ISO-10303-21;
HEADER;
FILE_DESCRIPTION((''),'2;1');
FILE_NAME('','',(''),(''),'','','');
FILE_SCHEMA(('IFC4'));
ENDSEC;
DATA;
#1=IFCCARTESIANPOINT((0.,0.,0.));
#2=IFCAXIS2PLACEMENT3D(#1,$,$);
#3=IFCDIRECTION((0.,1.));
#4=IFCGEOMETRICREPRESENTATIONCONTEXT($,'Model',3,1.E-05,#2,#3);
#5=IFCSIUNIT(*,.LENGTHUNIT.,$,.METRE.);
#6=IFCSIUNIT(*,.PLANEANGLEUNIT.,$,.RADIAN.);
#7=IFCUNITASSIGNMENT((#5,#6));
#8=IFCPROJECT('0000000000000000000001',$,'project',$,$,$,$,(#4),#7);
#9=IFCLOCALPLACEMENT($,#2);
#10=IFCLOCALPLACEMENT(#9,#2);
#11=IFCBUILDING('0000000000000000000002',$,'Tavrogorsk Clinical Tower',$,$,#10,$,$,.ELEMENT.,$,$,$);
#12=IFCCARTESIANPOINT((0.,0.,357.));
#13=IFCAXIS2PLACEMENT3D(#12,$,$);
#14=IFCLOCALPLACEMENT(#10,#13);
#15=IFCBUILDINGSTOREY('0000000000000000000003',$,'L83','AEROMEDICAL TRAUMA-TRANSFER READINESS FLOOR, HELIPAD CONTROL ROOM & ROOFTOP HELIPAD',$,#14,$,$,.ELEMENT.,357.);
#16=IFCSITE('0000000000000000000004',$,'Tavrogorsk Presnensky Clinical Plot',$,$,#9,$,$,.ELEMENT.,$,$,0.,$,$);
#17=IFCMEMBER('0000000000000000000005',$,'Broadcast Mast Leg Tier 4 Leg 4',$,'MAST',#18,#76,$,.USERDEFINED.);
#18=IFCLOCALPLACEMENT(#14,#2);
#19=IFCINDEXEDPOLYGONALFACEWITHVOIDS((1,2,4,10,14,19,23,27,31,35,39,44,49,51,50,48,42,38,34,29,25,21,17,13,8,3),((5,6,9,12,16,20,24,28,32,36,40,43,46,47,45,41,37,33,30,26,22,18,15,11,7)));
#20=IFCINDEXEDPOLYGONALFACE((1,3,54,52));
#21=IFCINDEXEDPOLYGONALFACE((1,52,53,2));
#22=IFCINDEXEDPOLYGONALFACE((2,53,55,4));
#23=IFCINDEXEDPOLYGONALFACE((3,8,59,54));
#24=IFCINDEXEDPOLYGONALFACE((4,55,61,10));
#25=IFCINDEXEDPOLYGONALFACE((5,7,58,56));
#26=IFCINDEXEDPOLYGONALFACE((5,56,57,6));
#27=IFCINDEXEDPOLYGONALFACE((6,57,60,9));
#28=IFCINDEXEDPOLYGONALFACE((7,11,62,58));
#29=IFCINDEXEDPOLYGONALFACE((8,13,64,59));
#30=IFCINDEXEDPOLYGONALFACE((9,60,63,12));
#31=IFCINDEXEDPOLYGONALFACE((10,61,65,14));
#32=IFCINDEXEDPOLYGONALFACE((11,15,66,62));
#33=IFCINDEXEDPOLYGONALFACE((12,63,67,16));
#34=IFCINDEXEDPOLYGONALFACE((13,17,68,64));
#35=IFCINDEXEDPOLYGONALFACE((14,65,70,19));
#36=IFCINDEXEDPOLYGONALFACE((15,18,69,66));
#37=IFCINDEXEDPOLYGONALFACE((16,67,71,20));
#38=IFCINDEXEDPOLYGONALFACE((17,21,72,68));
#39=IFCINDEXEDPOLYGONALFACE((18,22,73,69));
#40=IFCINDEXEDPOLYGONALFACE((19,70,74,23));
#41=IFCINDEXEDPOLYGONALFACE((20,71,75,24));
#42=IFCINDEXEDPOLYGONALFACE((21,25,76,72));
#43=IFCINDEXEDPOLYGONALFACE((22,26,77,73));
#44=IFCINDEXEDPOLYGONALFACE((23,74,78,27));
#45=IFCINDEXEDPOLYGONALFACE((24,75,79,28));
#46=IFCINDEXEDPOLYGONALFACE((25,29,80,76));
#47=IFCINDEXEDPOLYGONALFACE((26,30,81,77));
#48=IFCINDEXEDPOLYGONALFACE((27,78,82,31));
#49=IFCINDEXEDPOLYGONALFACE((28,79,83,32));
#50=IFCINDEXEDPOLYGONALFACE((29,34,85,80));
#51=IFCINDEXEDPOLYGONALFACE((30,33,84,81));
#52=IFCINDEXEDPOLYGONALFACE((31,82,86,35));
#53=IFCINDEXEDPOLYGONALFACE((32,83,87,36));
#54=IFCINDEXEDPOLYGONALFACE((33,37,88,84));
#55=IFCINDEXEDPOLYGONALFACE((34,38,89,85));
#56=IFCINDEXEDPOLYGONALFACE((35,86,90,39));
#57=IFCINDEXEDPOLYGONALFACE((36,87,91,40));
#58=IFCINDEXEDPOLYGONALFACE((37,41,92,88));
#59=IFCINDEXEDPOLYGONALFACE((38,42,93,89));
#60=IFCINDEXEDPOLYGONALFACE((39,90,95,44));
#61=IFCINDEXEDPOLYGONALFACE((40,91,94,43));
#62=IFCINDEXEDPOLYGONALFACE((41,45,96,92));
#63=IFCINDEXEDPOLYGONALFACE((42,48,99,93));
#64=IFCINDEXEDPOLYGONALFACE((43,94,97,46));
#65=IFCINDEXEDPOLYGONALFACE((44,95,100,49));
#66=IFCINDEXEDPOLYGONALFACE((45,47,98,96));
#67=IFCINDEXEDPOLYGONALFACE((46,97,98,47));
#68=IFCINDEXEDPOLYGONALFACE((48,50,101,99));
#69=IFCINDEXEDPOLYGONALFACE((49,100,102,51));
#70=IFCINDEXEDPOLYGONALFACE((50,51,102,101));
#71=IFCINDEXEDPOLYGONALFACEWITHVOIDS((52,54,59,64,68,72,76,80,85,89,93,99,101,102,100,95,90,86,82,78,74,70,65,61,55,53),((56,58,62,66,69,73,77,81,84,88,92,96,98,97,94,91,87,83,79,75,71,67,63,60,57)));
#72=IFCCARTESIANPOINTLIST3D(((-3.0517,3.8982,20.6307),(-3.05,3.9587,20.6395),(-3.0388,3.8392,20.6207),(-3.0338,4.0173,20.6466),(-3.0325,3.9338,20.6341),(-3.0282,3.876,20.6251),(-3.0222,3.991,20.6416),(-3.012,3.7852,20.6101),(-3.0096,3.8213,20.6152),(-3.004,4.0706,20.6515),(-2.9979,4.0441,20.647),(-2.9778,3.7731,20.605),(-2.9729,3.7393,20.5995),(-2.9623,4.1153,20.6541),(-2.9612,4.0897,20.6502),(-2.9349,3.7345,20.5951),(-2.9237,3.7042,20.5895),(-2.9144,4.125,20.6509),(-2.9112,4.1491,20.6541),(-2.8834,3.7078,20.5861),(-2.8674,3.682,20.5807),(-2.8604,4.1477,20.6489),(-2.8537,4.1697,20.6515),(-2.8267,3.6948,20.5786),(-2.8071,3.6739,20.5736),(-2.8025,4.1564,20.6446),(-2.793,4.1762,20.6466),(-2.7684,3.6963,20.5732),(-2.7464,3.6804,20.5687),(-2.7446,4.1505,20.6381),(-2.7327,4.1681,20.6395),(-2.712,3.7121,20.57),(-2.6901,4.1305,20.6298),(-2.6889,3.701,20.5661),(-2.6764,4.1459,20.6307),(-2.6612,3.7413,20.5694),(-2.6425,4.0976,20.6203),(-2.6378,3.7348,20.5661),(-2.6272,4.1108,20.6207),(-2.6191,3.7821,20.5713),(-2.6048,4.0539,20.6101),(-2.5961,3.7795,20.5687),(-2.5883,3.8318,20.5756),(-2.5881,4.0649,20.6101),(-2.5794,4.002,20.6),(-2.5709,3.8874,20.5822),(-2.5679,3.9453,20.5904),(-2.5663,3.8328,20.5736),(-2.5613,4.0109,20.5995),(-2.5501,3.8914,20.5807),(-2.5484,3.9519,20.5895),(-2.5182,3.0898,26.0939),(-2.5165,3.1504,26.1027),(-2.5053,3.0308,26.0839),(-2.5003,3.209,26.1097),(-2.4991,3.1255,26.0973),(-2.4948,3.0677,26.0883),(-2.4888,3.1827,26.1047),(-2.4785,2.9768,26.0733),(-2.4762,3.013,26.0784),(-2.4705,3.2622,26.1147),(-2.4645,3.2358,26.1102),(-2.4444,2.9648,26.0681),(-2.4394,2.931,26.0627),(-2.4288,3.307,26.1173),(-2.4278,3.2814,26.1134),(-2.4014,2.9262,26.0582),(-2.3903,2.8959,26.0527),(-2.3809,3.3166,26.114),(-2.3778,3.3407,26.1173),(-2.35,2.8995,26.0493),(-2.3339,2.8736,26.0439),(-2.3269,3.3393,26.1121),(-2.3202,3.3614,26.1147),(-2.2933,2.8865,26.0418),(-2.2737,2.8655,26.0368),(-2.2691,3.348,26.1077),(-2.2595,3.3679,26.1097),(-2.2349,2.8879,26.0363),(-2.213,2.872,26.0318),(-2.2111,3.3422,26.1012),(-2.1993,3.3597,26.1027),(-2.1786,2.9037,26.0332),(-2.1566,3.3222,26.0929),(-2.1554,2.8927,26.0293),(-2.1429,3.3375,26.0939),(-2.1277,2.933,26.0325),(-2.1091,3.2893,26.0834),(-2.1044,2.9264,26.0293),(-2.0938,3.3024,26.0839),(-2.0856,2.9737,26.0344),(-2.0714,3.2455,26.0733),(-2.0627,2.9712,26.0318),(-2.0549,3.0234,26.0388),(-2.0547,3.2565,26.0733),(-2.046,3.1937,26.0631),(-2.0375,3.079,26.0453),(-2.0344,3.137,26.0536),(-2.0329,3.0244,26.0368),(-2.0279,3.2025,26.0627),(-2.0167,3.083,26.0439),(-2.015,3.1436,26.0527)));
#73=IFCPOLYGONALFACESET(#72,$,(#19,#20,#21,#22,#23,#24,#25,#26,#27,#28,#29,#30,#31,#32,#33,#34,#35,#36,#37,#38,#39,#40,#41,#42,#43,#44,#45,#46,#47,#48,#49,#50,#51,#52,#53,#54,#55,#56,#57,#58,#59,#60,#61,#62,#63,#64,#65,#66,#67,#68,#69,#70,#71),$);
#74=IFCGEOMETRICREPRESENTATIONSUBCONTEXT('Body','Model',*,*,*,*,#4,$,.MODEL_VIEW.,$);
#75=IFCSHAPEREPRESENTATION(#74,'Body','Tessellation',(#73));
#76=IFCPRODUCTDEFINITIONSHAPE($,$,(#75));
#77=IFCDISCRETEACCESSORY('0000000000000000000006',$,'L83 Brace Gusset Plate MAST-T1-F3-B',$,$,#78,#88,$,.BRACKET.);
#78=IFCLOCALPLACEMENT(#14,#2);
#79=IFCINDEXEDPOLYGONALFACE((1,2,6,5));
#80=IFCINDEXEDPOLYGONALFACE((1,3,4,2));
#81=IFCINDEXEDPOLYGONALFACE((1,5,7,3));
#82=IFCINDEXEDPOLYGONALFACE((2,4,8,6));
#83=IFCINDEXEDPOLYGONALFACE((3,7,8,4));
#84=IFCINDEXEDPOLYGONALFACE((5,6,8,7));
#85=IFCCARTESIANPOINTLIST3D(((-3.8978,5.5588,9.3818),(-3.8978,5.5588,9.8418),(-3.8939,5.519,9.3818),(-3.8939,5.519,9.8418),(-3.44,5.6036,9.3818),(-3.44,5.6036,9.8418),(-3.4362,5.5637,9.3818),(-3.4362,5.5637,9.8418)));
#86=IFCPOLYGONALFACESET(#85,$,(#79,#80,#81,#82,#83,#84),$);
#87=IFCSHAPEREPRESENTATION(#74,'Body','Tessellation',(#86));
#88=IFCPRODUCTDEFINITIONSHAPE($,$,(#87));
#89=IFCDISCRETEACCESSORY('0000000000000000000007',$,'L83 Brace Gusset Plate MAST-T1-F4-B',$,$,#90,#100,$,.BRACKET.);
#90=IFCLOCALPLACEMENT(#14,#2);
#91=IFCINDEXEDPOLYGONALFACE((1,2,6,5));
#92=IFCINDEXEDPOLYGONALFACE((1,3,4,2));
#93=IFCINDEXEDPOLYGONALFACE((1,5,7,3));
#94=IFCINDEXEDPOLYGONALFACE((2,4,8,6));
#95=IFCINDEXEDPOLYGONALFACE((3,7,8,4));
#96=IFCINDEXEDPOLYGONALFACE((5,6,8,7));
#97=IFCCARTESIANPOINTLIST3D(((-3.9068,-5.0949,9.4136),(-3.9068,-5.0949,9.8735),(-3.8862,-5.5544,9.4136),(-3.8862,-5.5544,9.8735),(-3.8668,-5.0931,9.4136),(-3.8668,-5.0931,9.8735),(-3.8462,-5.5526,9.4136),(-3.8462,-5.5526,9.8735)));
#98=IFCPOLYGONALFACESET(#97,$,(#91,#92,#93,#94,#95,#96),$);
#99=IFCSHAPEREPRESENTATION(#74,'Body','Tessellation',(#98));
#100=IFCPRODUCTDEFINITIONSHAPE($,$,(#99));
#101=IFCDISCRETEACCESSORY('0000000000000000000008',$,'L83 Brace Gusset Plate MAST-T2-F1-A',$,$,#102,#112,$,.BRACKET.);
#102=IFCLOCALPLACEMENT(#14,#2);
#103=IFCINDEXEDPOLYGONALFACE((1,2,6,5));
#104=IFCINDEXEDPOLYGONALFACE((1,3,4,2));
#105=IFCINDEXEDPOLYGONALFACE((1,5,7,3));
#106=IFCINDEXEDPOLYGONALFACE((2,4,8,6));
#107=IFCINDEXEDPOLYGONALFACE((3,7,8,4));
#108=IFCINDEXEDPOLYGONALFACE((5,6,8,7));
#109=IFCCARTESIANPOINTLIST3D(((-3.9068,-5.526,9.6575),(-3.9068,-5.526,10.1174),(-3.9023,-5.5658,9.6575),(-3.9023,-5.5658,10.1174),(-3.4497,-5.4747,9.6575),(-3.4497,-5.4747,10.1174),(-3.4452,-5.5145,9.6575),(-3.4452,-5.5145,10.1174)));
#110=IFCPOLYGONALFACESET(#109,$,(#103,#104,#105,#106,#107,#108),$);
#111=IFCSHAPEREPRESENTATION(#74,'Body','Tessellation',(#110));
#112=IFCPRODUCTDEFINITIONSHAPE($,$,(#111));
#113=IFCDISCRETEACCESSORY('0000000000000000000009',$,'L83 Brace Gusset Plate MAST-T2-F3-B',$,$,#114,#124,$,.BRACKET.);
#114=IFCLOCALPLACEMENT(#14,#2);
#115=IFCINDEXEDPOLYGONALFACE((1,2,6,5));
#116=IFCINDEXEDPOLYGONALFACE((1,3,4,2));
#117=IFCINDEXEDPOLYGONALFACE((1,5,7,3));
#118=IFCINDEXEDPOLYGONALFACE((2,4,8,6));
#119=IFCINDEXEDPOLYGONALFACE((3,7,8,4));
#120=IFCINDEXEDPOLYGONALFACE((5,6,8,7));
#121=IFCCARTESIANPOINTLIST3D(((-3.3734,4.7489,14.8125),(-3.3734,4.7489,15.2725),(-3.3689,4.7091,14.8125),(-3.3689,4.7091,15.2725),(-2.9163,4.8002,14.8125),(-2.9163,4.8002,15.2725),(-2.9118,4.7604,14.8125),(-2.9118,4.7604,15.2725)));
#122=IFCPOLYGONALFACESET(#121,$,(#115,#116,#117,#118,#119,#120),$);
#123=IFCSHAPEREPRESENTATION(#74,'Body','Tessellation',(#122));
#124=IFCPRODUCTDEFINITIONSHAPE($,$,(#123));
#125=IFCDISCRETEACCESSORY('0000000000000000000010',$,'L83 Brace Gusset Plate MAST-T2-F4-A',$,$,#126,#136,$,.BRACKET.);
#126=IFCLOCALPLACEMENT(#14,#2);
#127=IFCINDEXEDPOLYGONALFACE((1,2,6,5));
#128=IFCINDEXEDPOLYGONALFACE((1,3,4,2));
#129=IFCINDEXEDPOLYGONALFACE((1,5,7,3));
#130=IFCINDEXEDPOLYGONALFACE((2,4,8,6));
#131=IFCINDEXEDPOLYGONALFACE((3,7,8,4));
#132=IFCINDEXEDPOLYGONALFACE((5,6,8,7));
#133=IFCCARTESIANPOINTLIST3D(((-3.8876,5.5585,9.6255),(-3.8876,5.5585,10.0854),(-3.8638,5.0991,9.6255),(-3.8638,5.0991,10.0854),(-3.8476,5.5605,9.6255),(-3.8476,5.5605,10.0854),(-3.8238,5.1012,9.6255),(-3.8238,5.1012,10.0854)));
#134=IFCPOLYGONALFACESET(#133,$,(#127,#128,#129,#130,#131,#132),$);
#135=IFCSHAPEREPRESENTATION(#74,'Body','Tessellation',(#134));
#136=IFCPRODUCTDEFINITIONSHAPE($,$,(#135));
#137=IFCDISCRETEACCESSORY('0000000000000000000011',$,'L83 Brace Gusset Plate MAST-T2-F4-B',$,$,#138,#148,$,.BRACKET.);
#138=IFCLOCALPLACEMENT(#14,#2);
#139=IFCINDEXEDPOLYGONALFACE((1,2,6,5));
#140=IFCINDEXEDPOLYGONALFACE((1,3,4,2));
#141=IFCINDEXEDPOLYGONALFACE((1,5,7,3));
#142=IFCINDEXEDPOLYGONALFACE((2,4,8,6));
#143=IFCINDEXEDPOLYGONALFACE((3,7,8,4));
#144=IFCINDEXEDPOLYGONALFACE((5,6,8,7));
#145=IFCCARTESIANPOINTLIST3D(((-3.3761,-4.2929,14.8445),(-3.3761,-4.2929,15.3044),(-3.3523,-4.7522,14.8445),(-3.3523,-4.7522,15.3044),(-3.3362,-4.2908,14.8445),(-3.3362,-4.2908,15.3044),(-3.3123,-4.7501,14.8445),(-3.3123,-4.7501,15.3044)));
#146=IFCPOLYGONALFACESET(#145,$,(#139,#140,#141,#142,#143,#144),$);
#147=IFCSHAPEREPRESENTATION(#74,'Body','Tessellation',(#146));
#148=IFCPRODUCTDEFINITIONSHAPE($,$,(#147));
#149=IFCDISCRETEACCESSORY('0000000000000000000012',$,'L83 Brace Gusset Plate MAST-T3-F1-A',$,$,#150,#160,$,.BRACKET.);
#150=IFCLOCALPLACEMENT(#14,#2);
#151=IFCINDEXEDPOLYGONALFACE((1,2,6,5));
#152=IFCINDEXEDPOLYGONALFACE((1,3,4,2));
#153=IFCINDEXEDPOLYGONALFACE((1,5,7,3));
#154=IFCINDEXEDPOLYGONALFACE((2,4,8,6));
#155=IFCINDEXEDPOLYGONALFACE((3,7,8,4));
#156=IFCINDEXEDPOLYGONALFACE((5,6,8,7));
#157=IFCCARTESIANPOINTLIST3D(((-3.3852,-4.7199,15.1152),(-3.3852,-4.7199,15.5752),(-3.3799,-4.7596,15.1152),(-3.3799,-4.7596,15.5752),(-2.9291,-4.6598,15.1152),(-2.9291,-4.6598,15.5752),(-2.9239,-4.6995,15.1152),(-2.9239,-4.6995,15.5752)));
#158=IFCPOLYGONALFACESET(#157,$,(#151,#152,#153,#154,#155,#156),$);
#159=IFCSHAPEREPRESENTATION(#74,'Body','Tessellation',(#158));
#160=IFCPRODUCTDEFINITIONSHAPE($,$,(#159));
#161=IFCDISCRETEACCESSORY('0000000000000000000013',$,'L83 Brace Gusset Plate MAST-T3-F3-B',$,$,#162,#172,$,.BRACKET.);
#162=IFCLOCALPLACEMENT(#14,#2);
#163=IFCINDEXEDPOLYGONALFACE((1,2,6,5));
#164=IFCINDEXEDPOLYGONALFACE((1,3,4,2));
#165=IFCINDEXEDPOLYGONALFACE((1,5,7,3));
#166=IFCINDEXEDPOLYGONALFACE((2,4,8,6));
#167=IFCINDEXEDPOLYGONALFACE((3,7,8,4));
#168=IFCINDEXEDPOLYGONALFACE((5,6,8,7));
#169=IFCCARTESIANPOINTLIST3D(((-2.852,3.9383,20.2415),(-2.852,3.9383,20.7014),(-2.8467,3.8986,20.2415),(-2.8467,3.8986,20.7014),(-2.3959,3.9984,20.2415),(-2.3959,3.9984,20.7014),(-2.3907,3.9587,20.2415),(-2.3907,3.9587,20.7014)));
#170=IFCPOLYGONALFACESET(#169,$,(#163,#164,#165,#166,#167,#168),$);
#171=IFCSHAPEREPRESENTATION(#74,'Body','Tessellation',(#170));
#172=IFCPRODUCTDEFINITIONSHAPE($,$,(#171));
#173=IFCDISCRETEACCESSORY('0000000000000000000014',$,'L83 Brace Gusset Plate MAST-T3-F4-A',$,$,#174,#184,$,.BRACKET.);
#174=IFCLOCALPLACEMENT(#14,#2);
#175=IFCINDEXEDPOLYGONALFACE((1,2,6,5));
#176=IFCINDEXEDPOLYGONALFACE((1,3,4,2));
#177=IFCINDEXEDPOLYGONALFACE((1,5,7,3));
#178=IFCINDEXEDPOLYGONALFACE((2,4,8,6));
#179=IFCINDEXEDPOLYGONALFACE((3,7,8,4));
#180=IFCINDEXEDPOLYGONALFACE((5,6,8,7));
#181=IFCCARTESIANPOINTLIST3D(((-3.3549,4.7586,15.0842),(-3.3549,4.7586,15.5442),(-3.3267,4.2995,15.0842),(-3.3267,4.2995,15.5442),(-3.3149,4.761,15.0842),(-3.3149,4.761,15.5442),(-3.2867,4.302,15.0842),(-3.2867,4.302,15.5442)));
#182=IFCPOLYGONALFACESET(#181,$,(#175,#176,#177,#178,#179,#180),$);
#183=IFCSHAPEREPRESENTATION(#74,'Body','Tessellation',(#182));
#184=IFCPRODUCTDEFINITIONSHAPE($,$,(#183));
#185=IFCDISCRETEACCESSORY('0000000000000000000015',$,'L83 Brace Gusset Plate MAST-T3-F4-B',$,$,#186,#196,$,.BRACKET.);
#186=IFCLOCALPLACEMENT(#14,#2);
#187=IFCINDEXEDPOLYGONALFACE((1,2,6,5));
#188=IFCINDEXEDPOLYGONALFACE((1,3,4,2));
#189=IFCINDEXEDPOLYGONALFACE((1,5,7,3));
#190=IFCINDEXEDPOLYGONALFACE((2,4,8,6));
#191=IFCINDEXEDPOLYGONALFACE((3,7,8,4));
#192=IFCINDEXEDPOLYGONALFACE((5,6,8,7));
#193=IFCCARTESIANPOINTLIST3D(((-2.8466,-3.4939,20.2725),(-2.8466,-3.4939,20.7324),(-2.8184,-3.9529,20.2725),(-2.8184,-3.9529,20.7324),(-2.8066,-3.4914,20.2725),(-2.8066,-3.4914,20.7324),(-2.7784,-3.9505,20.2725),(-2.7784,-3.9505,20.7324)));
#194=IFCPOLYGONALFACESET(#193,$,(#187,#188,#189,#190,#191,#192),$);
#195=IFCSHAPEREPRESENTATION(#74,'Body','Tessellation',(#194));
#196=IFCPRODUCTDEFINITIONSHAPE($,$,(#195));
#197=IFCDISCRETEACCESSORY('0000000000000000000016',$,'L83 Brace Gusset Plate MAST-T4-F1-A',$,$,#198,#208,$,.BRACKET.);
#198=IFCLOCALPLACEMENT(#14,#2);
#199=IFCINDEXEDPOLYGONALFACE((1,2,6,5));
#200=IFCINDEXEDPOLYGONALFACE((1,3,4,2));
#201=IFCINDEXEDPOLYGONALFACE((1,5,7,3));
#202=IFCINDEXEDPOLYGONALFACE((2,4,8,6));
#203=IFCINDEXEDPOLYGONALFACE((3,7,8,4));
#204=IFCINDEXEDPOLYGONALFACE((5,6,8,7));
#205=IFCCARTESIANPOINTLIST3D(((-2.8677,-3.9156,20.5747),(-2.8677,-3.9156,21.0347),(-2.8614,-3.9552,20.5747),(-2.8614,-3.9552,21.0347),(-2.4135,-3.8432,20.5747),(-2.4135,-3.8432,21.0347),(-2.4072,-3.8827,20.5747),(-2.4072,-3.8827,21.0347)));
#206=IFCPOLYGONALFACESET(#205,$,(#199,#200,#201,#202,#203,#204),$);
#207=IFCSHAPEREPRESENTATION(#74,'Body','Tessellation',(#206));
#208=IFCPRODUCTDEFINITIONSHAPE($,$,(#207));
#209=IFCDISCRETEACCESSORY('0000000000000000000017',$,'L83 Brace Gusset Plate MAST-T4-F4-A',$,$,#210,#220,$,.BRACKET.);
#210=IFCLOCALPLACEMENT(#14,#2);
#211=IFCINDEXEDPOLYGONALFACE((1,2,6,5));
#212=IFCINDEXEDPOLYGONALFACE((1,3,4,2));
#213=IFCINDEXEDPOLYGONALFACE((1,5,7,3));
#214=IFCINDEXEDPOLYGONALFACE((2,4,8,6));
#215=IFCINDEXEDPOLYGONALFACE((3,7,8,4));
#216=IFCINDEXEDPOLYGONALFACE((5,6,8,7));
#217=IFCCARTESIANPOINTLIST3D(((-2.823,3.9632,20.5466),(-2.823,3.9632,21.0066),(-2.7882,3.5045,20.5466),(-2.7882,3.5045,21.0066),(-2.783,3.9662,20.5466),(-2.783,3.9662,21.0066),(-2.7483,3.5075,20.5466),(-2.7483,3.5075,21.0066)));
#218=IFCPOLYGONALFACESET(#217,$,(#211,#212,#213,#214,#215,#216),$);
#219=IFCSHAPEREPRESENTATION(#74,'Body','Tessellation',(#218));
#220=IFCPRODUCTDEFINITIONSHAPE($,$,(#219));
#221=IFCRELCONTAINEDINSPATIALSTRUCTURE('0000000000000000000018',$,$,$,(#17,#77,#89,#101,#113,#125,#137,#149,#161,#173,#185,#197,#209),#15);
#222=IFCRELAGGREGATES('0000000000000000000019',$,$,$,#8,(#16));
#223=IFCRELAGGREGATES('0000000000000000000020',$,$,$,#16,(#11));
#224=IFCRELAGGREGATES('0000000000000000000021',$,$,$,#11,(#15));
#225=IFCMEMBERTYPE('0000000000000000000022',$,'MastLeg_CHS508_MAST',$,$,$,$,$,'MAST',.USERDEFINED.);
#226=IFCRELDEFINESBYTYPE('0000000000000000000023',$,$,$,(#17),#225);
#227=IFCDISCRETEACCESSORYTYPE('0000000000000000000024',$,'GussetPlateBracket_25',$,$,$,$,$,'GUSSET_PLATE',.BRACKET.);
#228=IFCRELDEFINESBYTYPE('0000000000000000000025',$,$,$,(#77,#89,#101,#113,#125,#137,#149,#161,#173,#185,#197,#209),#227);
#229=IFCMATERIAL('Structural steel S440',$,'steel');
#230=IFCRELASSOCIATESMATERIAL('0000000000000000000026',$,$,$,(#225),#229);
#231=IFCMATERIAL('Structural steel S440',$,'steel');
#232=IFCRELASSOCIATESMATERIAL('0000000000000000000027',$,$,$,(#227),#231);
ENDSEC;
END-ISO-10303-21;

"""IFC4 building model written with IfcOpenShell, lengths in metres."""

from ifc_helpers import new_model, si_unit, direction, frame, origin, origin_2d, place, context, subcontext, project, spatial, rectangle, hollow_circle, extrude, material, material_profile, profile_set, type_object, element, save


model = new_model("IFC4")

# Units and contexts
model_context = context("Model", 3, precision=1e-05, world=origin(), true_north=direction((0.0, 1.0)))
body_context = subcontext(model_context, "Body", "Model", "MODEL_VIEW")
ifc_project = project(units=[si_unit("LENGTHUNIT", "METRE"), si_unit("PLANEANGLEUNIT", "RADIAN")], contexts=[model_context])

# Site, building, storey
site_placement = place(None, origin())
site = spatial("IfcSite", under=ifc_project, at=site_placement, Name="Tavrogorsk Presnensky Clinical Plot", CompositionType="ELEMENT", RefElevation=0.0)
building_placement = place(site_placement, origin())
building = spatial("IfcBuilding", under=site, at=building_placement, Name="Tavrogorsk Clinical Tower", CompositionType="ELEMENT")
storey_placement = place(building_placement, frame((0.0, 0.0, 357.0)))
storey = spatial("IfcBuildingStorey", under=building, at=storey_placement, Name="L83", Description="AEROMEDICAL TRAUMA-TRANSFER READINESS FLOOR, HELIPAD CONTROL ROOM & ROOFTOP HELIPAD", CompositionType="ELEMENT", Elevation=357.0)

# Member
ifc_material_1 = material(Name="Structural steel S440", Category="steel")
ifc_material_profile_1 = material_profile(ifc_material_1, hollow_circle(Radius=0.2539, WallThickness=0.02, at=origin_2d()), Name="CHS-508x20")
ifc_profile_set_1 = profile_set([ifc_material_profile_1], Name="Structural steel S440")
member_type_1 = type_object("IfcMemberType", Name="MastLeg_CHS508_MAST", ElementType="MAST", PredefinedType="USERDEFINED", material=ifc_profile_set_1)
for number, where, z_axis, x_axis, name in (
    (1, (-2.8, 3.925, 20.6101), (0.096146, -0.145693, 0.984647), (0.83464, 0.550797, 0.0), "Broadcast Mast Leg Tier 4 Leg 4"),
):
    element("IfcMember", number, at=place(storey_placement, frame(where, z_axis=z_axis, x_axis=x_axis)), inside=storey, type_object=member_type_1, Name=name, ObjectType="MAST", PredefinedType="USERDEFINED", context=body_context, shape_type="SweptSolid", body=[
        extrude(hollow_circle(Radius=0.2539, WallThickness=0.02, at=origin_2d()), origin(), (0.0, 0.0, 1.0), 5.5483),
    ])

# Discrete accessories
ifc_material_2 = material(Name="Structural steel S440", Category="steel")
discrete_accessory_type = type_object("IfcDiscreteAccessoryType", Name="GussetPlateBracket_25", ElementType="GUSSET_PLATE", PredefinedType="BRACKET", material=ifc_material_2)
for number, where, z_axis, x_axis, name in (
    (2, (-3.667, 5.5613, 9.3818), (0.0, 0.0, 1.0), (-0.995261, -0.097235, 0.0), "L83 Brace Gusset Plate MAST-T1-F3-B"),
    (3, (-3.8765, -5.3237, 9.4136), (0.0, 0.0, 1.0), (0.04484, -0.998994, 0.0), "L83 Brace Gusset Plate MAST-T1-F4-B"),
    (4, (-3.676, -5.5203, 9.6575), (0.0, 0.0, 1.0), (0.993748, 0.111642, 0.0), "L83 Brace Gusset Plate MAST-T2-F1-A"),
    (5, (-3.1426, 4.7546, 14.8125), (0.0, 0.0, 1.0), (-0.993748, -0.111642, 0.0), "L83 Brace Gusset Plate MAST-T2-F3-B"),
    (6, (-3.8557, 5.3298, 9.6255), (0.0, 0.0, 1.0), (0.051813, -0.998657, 0.0), "L83 Brace Gusset Plate MAST-T2-F4-A"),
    (7, (-3.3442, -4.5215, 14.8445), (0.0, 0.0, 1.0), (0.051813, -0.998657, 0.0), "L83 Brace Gusset Plate MAST-T2-F4-B"),
    (8, (-3.1545, -4.7097, 15.1152), (0.0, 0.0, 1.0), (0.991422, 0.130699, 0.0), "L83 Brace Gusset Plate MAST-T3-F1-A"),
    (9, (-2.6213, 3.9485, 20.2415), (0.0, 0.0, 1.0), (-0.991422, -0.130699, 0.0), "L83 Brace Gusset Plate MAST-T3-F3-B"),
    (10, (-3.3208, 4.5303, 15.0842), (0.0, 0.0, 1.0), (0.061397, -0.998113, 0.0), "L83 Brace Gusset Plate MAST-T3-F4-A"),
    (11, (-2.8125, -3.7222, 20.2725), (0.0, 0.0, 1.0), (0.061397, -0.998113, 0.0), "L83 Brace Gusset Plate MAST-T3-F4-B"),
    (12, (-2.6375, -3.8992, 20.5747), (0.0, 0.0, 1.0), (0.987524, 0.157469, 0.0), "L83 Brace Gusset Plate MAST-T4-F1-A"),
    (13, (-2.7856, 3.7354, 20.5466), (0.0, 0.0, 1.0), (0.075501, -0.997146, 0.0), "L83 Brace Gusset Plate MAST-T4-F4-A"),
):
    element("IfcDiscreteAccessory", number, at=place(storey_placement, frame(where, z_axis=z_axis, x_axis=x_axis)), inside=storey, type_object=discrete_accessory_type, Name=name, PredefinedType="BRACKET", context=body_context, shape_type="SweptSolid", body=[
        extrude(rectangle(XDim=0.46, YDim=0.04, at=origin_2d()), origin(), (0.0, 0.0, 1.0), 0.46),
    ])

save(model, "model.ifc")
